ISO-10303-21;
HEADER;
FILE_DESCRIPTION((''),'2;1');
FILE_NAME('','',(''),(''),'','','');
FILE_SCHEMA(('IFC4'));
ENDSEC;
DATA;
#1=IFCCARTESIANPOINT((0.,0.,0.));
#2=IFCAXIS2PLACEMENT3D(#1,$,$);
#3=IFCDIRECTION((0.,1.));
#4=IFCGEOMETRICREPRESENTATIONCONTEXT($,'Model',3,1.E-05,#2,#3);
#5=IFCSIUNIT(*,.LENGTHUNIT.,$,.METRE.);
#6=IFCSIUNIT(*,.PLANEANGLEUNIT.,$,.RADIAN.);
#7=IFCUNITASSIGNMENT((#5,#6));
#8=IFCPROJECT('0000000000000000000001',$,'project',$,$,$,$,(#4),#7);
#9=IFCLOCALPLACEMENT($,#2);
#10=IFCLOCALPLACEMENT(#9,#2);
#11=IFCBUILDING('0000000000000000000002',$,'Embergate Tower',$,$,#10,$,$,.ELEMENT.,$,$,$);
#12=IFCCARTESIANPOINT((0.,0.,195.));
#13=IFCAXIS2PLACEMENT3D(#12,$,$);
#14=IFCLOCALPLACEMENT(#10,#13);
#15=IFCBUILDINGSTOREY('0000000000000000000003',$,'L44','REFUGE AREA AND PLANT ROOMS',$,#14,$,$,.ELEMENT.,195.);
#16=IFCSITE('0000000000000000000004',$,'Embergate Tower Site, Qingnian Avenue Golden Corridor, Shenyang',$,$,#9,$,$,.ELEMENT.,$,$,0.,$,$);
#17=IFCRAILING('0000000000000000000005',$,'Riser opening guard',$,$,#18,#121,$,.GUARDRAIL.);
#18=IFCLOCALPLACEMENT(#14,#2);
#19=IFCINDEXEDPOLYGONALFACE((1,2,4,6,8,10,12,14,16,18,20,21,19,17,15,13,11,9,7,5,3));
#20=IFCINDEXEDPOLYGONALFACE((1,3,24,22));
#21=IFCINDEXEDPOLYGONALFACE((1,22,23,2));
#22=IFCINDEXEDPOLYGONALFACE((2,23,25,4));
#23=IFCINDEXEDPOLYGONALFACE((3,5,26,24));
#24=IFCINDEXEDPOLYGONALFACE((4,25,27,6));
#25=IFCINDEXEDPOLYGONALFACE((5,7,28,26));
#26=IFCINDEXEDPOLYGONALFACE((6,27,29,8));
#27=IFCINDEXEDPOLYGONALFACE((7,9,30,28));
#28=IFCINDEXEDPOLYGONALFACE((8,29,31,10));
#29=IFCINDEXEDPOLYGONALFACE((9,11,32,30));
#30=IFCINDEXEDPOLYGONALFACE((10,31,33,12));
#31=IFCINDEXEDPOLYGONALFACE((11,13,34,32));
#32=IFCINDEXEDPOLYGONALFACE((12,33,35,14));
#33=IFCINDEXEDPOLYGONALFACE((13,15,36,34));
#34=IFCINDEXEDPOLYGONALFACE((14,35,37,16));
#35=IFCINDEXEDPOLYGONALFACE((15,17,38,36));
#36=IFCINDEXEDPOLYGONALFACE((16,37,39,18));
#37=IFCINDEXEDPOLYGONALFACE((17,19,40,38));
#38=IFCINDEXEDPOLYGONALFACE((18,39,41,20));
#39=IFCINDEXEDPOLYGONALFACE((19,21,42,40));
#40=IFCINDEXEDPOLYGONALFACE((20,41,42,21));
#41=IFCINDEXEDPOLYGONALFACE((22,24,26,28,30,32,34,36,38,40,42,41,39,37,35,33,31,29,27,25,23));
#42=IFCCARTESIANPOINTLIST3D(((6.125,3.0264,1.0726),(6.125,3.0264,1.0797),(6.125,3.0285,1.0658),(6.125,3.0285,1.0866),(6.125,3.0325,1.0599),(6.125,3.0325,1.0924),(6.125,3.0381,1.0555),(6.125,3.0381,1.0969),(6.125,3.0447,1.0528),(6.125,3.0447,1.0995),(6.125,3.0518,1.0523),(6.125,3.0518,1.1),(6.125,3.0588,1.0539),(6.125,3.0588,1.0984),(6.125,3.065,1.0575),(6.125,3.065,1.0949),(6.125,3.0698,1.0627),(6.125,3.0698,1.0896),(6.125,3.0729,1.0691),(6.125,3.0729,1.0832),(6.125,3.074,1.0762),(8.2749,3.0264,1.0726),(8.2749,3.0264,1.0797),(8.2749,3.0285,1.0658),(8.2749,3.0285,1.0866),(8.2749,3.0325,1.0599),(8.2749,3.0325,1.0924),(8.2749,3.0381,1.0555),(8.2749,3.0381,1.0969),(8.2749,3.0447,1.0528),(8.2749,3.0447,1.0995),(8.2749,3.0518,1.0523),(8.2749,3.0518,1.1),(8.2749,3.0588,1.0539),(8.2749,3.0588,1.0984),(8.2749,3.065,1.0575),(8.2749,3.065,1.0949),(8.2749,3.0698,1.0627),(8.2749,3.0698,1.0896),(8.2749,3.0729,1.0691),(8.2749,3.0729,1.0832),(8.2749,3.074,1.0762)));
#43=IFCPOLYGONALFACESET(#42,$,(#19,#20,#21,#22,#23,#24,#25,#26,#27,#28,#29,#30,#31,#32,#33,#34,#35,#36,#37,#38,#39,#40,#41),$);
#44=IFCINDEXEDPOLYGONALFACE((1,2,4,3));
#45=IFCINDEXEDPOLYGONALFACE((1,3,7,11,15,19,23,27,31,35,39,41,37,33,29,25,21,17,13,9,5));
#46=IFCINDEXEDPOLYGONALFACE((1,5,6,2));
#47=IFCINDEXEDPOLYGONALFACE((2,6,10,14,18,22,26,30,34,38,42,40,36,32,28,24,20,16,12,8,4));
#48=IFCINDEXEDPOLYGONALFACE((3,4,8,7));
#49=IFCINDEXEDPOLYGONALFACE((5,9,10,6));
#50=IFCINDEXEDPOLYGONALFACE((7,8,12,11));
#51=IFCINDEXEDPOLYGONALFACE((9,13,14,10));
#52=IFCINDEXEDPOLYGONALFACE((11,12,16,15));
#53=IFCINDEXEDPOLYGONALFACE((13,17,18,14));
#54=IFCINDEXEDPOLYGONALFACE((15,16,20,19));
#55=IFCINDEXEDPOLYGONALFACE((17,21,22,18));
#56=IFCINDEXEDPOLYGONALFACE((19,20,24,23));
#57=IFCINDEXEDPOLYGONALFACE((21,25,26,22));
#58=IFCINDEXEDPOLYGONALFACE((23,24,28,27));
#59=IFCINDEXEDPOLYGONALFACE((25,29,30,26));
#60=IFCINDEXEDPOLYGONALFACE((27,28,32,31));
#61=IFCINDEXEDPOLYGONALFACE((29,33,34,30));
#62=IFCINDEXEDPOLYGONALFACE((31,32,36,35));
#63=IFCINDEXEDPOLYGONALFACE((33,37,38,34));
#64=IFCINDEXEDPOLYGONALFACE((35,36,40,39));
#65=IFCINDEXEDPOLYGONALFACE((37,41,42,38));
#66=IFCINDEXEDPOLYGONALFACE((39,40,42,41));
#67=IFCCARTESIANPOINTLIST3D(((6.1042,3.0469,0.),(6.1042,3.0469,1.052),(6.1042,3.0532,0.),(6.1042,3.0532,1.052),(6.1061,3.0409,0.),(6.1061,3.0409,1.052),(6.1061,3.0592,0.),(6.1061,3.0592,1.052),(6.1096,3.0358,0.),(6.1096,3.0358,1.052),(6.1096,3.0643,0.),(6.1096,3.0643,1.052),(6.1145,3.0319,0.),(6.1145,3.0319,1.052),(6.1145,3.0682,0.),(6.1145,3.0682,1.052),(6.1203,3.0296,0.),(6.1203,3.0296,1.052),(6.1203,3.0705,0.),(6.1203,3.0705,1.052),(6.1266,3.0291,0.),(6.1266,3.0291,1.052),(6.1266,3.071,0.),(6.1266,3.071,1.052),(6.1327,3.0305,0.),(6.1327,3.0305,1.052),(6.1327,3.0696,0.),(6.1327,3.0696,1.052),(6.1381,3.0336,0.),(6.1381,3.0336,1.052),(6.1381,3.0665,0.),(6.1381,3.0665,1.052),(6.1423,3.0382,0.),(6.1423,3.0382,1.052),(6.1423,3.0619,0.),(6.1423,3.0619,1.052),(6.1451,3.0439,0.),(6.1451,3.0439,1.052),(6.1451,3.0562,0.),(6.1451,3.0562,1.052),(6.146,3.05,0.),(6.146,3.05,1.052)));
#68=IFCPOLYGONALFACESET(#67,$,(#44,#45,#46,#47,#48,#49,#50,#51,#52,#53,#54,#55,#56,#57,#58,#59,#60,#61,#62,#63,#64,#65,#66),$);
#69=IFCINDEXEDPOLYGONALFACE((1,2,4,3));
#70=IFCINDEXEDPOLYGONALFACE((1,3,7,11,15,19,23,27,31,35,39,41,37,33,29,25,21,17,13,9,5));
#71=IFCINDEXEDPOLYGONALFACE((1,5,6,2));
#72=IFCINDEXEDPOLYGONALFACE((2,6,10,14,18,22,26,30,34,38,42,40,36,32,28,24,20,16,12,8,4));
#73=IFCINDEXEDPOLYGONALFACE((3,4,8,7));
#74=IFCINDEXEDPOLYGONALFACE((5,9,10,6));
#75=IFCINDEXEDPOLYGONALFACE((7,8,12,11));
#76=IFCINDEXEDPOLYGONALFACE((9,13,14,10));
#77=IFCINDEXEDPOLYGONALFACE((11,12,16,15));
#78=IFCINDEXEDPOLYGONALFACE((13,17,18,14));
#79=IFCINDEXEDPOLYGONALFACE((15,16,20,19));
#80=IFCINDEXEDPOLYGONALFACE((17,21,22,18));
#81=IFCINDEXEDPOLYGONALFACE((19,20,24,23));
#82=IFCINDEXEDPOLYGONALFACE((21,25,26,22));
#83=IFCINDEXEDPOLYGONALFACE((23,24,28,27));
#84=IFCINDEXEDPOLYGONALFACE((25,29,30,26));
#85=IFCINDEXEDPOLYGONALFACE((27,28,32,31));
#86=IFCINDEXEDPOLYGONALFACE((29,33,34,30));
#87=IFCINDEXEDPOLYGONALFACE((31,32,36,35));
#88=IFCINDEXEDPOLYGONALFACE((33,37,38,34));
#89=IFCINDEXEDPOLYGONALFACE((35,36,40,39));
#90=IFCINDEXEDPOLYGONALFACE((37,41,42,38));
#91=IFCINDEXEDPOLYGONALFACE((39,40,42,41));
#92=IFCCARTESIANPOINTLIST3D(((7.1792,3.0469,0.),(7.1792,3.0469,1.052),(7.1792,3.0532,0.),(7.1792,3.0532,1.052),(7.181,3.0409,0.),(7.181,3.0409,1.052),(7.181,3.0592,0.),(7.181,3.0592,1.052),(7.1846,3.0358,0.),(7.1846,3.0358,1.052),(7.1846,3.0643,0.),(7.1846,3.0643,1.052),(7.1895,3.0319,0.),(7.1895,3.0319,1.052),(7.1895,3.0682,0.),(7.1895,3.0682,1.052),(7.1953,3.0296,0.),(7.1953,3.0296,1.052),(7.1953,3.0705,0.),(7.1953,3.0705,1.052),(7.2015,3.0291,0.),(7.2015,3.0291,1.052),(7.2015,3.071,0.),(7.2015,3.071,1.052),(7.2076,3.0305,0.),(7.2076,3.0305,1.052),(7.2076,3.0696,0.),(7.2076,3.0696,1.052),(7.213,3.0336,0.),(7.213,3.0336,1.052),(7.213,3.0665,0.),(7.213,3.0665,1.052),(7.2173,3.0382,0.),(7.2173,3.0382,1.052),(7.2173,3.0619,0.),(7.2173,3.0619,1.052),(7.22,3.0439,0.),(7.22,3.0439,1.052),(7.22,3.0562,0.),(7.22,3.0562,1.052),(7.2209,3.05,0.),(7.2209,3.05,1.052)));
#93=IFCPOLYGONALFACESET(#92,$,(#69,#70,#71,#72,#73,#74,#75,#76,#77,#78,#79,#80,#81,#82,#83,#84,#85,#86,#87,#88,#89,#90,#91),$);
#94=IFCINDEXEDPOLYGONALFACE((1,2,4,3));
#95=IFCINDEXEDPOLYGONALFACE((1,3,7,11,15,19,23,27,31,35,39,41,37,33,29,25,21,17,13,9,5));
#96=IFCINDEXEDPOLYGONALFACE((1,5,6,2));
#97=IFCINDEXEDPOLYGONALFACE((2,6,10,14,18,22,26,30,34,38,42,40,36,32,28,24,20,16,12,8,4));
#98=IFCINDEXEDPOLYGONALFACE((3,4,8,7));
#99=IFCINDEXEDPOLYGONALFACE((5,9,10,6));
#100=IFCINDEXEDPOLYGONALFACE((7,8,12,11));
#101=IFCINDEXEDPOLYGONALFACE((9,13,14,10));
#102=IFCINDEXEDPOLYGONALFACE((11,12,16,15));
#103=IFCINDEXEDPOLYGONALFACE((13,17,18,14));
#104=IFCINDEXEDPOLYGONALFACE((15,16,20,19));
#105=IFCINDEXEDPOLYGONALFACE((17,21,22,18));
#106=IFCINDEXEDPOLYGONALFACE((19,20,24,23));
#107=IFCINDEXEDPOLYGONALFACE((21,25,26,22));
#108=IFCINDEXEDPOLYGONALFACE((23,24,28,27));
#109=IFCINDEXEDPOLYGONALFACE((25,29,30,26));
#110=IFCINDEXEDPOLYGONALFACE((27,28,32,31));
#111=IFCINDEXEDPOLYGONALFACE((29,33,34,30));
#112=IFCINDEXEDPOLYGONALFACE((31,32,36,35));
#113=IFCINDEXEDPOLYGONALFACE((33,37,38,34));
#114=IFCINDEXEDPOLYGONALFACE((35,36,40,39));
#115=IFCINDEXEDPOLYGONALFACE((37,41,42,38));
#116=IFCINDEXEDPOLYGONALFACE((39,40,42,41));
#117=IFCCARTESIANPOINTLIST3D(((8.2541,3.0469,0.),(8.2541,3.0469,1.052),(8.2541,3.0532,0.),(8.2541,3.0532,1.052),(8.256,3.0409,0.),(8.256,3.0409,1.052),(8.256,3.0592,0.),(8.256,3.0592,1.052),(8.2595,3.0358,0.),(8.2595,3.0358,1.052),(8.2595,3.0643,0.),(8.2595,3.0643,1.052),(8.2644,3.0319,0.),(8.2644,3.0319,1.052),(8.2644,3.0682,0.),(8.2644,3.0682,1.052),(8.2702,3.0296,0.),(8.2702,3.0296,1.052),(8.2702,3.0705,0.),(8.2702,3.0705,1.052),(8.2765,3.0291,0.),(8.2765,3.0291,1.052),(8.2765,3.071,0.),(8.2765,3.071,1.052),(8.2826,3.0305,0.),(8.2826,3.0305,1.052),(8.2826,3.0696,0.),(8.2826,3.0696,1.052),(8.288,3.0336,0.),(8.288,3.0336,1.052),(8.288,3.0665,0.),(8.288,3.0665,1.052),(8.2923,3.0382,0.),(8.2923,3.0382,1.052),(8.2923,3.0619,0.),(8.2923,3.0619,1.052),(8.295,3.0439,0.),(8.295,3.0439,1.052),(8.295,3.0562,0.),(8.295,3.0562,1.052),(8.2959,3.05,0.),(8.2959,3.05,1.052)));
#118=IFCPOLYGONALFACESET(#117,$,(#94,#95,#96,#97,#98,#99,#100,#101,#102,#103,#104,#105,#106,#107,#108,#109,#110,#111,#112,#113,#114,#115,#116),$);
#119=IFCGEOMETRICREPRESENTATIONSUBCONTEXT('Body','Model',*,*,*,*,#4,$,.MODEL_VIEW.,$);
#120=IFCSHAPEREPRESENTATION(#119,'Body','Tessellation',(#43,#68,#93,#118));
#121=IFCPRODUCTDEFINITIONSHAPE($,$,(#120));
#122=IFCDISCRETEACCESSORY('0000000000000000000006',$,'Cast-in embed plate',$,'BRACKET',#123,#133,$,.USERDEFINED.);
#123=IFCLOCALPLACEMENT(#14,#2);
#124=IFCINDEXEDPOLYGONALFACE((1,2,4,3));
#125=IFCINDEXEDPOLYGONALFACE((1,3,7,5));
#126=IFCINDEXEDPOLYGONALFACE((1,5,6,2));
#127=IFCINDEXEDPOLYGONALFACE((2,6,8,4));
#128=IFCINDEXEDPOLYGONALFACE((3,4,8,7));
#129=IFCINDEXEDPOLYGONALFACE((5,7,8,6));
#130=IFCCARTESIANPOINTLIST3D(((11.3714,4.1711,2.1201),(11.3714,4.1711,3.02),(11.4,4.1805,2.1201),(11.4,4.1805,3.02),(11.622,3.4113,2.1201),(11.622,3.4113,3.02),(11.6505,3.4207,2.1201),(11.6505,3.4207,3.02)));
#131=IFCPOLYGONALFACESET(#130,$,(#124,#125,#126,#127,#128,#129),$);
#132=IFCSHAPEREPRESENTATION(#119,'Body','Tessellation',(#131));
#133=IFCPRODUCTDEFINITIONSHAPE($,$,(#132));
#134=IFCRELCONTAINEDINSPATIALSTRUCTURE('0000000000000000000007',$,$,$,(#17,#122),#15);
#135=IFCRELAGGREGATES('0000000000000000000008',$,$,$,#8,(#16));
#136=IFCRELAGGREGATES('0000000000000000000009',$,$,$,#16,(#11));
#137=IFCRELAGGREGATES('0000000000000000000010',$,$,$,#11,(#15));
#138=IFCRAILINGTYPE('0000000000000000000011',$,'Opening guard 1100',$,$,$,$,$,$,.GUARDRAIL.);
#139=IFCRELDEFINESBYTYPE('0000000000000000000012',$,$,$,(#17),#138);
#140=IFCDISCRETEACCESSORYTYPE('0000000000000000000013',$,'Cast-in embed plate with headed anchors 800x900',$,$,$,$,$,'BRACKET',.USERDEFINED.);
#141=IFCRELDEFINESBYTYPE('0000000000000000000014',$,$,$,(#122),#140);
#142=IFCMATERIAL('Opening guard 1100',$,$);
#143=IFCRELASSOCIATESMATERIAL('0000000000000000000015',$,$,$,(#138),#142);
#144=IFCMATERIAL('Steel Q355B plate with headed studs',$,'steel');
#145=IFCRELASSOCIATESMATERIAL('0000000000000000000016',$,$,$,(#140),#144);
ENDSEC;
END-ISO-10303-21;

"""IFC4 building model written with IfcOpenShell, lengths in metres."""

from ifc_helpers import new_model, si_unit, direction, frame, origin, origin_2d, place, context, subcontext, project, spatial, rectangle, circle, extrude, source, transform, mapped, material, type_object, element, save


model = new_model("IFC4")

# Units and contexts
model_context = context("Model", 3, precision=1e-05, world=origin(), true_north=direction((0.0, 1.0)))
body_context = subcontext(model_context, "Body", "Model", "MODEL_VIEW")
ifc_project = project(units=[si_unit("LENGTHUNIT", "METRE"), si_unit("PLANEANGLEUNIT", "RADIAN")], contexts=[model_context])

# Site, building, storey
site_placement = place(None, origin())
site = spatial("IfcSite", under=ifc_project, at=site_placement, Name="Embergate Tower Site, Qingnian Avenue Golden Corridor, Shenyang", CompositionType="ELEMENT", RefElevation=0.0)
building_placement = place(site_placement, origin())
building = spatial("IfcBuilding", under=site, at=building_placement, Name="Embergate Tower", CompositionType="ELEMENT")
storey_placement = place(building_placement, frame((0.0, 0.0, 195.0)))
storey = spatial("IfcBuildingStorey", under=building, at=storey_placement, Name="L44", Description="REFUGE AREA AND PLANT ROOMS", CompositionType="ELEMENT", Elevation=195.0)

# Railing
ifc_material_1 = material(Name="Opening guard 1100")
railing_type = type_object("IfcRailingType", Name="Opening guard 1100", PredefinedType="GUARDRAIL", material=ifc_material_1)
shared_shape_1 = source(origin(), body_context, "Body", "SweptSolid", [
    extrude(circle(Radius=0.0239, at=origin_2d()), frame((0.0, 0.0, 1.0762), z_axis=(1.0, 0.0, 0.0), x_axis=(0.0, 1.0, 0.0)), (0.0, 0.0, 1.0), 2.1499),
    extrude(circle(Radius=0.021, at=origin_2d()), origin(), (0.0, 0.0, 1.0), 1.052),
    extrude(circle(Radius=0.021, at=origin_2d()), frame((1.075, 0.0, 0.0)), (0.0, 0.0, 1.0), 1.052),
    extrude(circle(Radius=0.021, at=origin_2d()), frame((2.1499, 0.0, 0.0)), (0.0, 0.0, 1.0), 1.052),
])
railing_placement = place(storey_placement, frame((6.125, 3.05, 0.0)))
element("IfcRailing", 1, at=railing_placement, inside=storey, type_object=railing_type, Name="Riser opening guard", PredefinedType="GUARDRAIL", context=body_context, shape_type="MappedRepresentation", body=[
    mapped(shared_shape_1, transform((0.0, 0.0, 0.0))),
])

# Discrete accessory
ifc_material_2 = material(Name="Steel Q355B plate with headed studs", Category="steel")
discrete_accessory_type = type_object("IfcDiscreteAccessoryType", Name="Cast-in embed plate with headed anchors 800x900", ElementType="BRACKET", PredefinedType="USERDEFINED", material=ifc_material_2)
shared_shape_2 = source(origin(), body_context, "Body", "SweptSolid", [
    extrude(rectangle(XDim=0.03, YDim=0.8, at=origin_2d()), origin(), (0.0, 0.0, 1.0), 0.8999),
])
discrete_accessory_placement = place(storey_placement, frame((11.511, 3.7959, 2.1201), z_axis=(0.0, 0.0, 1.0), x_axis=(0.949683, 0.313214, 0.0)))
element("IfcDiscreteAccessory", 2, at=discrete_accessory_placement, inside=storey, type_object=discrete_accessory_type, Name="Cast-in embed plate", ObjectType="BRACKET", PredefinedType="USERDEFINED", context=body_context, shape_type="MappedRepresentation", body=[
    mapped(shared_shape_2, transform((0.0, 0.0, 0.0))),
])

save(model, "model.ifc")
